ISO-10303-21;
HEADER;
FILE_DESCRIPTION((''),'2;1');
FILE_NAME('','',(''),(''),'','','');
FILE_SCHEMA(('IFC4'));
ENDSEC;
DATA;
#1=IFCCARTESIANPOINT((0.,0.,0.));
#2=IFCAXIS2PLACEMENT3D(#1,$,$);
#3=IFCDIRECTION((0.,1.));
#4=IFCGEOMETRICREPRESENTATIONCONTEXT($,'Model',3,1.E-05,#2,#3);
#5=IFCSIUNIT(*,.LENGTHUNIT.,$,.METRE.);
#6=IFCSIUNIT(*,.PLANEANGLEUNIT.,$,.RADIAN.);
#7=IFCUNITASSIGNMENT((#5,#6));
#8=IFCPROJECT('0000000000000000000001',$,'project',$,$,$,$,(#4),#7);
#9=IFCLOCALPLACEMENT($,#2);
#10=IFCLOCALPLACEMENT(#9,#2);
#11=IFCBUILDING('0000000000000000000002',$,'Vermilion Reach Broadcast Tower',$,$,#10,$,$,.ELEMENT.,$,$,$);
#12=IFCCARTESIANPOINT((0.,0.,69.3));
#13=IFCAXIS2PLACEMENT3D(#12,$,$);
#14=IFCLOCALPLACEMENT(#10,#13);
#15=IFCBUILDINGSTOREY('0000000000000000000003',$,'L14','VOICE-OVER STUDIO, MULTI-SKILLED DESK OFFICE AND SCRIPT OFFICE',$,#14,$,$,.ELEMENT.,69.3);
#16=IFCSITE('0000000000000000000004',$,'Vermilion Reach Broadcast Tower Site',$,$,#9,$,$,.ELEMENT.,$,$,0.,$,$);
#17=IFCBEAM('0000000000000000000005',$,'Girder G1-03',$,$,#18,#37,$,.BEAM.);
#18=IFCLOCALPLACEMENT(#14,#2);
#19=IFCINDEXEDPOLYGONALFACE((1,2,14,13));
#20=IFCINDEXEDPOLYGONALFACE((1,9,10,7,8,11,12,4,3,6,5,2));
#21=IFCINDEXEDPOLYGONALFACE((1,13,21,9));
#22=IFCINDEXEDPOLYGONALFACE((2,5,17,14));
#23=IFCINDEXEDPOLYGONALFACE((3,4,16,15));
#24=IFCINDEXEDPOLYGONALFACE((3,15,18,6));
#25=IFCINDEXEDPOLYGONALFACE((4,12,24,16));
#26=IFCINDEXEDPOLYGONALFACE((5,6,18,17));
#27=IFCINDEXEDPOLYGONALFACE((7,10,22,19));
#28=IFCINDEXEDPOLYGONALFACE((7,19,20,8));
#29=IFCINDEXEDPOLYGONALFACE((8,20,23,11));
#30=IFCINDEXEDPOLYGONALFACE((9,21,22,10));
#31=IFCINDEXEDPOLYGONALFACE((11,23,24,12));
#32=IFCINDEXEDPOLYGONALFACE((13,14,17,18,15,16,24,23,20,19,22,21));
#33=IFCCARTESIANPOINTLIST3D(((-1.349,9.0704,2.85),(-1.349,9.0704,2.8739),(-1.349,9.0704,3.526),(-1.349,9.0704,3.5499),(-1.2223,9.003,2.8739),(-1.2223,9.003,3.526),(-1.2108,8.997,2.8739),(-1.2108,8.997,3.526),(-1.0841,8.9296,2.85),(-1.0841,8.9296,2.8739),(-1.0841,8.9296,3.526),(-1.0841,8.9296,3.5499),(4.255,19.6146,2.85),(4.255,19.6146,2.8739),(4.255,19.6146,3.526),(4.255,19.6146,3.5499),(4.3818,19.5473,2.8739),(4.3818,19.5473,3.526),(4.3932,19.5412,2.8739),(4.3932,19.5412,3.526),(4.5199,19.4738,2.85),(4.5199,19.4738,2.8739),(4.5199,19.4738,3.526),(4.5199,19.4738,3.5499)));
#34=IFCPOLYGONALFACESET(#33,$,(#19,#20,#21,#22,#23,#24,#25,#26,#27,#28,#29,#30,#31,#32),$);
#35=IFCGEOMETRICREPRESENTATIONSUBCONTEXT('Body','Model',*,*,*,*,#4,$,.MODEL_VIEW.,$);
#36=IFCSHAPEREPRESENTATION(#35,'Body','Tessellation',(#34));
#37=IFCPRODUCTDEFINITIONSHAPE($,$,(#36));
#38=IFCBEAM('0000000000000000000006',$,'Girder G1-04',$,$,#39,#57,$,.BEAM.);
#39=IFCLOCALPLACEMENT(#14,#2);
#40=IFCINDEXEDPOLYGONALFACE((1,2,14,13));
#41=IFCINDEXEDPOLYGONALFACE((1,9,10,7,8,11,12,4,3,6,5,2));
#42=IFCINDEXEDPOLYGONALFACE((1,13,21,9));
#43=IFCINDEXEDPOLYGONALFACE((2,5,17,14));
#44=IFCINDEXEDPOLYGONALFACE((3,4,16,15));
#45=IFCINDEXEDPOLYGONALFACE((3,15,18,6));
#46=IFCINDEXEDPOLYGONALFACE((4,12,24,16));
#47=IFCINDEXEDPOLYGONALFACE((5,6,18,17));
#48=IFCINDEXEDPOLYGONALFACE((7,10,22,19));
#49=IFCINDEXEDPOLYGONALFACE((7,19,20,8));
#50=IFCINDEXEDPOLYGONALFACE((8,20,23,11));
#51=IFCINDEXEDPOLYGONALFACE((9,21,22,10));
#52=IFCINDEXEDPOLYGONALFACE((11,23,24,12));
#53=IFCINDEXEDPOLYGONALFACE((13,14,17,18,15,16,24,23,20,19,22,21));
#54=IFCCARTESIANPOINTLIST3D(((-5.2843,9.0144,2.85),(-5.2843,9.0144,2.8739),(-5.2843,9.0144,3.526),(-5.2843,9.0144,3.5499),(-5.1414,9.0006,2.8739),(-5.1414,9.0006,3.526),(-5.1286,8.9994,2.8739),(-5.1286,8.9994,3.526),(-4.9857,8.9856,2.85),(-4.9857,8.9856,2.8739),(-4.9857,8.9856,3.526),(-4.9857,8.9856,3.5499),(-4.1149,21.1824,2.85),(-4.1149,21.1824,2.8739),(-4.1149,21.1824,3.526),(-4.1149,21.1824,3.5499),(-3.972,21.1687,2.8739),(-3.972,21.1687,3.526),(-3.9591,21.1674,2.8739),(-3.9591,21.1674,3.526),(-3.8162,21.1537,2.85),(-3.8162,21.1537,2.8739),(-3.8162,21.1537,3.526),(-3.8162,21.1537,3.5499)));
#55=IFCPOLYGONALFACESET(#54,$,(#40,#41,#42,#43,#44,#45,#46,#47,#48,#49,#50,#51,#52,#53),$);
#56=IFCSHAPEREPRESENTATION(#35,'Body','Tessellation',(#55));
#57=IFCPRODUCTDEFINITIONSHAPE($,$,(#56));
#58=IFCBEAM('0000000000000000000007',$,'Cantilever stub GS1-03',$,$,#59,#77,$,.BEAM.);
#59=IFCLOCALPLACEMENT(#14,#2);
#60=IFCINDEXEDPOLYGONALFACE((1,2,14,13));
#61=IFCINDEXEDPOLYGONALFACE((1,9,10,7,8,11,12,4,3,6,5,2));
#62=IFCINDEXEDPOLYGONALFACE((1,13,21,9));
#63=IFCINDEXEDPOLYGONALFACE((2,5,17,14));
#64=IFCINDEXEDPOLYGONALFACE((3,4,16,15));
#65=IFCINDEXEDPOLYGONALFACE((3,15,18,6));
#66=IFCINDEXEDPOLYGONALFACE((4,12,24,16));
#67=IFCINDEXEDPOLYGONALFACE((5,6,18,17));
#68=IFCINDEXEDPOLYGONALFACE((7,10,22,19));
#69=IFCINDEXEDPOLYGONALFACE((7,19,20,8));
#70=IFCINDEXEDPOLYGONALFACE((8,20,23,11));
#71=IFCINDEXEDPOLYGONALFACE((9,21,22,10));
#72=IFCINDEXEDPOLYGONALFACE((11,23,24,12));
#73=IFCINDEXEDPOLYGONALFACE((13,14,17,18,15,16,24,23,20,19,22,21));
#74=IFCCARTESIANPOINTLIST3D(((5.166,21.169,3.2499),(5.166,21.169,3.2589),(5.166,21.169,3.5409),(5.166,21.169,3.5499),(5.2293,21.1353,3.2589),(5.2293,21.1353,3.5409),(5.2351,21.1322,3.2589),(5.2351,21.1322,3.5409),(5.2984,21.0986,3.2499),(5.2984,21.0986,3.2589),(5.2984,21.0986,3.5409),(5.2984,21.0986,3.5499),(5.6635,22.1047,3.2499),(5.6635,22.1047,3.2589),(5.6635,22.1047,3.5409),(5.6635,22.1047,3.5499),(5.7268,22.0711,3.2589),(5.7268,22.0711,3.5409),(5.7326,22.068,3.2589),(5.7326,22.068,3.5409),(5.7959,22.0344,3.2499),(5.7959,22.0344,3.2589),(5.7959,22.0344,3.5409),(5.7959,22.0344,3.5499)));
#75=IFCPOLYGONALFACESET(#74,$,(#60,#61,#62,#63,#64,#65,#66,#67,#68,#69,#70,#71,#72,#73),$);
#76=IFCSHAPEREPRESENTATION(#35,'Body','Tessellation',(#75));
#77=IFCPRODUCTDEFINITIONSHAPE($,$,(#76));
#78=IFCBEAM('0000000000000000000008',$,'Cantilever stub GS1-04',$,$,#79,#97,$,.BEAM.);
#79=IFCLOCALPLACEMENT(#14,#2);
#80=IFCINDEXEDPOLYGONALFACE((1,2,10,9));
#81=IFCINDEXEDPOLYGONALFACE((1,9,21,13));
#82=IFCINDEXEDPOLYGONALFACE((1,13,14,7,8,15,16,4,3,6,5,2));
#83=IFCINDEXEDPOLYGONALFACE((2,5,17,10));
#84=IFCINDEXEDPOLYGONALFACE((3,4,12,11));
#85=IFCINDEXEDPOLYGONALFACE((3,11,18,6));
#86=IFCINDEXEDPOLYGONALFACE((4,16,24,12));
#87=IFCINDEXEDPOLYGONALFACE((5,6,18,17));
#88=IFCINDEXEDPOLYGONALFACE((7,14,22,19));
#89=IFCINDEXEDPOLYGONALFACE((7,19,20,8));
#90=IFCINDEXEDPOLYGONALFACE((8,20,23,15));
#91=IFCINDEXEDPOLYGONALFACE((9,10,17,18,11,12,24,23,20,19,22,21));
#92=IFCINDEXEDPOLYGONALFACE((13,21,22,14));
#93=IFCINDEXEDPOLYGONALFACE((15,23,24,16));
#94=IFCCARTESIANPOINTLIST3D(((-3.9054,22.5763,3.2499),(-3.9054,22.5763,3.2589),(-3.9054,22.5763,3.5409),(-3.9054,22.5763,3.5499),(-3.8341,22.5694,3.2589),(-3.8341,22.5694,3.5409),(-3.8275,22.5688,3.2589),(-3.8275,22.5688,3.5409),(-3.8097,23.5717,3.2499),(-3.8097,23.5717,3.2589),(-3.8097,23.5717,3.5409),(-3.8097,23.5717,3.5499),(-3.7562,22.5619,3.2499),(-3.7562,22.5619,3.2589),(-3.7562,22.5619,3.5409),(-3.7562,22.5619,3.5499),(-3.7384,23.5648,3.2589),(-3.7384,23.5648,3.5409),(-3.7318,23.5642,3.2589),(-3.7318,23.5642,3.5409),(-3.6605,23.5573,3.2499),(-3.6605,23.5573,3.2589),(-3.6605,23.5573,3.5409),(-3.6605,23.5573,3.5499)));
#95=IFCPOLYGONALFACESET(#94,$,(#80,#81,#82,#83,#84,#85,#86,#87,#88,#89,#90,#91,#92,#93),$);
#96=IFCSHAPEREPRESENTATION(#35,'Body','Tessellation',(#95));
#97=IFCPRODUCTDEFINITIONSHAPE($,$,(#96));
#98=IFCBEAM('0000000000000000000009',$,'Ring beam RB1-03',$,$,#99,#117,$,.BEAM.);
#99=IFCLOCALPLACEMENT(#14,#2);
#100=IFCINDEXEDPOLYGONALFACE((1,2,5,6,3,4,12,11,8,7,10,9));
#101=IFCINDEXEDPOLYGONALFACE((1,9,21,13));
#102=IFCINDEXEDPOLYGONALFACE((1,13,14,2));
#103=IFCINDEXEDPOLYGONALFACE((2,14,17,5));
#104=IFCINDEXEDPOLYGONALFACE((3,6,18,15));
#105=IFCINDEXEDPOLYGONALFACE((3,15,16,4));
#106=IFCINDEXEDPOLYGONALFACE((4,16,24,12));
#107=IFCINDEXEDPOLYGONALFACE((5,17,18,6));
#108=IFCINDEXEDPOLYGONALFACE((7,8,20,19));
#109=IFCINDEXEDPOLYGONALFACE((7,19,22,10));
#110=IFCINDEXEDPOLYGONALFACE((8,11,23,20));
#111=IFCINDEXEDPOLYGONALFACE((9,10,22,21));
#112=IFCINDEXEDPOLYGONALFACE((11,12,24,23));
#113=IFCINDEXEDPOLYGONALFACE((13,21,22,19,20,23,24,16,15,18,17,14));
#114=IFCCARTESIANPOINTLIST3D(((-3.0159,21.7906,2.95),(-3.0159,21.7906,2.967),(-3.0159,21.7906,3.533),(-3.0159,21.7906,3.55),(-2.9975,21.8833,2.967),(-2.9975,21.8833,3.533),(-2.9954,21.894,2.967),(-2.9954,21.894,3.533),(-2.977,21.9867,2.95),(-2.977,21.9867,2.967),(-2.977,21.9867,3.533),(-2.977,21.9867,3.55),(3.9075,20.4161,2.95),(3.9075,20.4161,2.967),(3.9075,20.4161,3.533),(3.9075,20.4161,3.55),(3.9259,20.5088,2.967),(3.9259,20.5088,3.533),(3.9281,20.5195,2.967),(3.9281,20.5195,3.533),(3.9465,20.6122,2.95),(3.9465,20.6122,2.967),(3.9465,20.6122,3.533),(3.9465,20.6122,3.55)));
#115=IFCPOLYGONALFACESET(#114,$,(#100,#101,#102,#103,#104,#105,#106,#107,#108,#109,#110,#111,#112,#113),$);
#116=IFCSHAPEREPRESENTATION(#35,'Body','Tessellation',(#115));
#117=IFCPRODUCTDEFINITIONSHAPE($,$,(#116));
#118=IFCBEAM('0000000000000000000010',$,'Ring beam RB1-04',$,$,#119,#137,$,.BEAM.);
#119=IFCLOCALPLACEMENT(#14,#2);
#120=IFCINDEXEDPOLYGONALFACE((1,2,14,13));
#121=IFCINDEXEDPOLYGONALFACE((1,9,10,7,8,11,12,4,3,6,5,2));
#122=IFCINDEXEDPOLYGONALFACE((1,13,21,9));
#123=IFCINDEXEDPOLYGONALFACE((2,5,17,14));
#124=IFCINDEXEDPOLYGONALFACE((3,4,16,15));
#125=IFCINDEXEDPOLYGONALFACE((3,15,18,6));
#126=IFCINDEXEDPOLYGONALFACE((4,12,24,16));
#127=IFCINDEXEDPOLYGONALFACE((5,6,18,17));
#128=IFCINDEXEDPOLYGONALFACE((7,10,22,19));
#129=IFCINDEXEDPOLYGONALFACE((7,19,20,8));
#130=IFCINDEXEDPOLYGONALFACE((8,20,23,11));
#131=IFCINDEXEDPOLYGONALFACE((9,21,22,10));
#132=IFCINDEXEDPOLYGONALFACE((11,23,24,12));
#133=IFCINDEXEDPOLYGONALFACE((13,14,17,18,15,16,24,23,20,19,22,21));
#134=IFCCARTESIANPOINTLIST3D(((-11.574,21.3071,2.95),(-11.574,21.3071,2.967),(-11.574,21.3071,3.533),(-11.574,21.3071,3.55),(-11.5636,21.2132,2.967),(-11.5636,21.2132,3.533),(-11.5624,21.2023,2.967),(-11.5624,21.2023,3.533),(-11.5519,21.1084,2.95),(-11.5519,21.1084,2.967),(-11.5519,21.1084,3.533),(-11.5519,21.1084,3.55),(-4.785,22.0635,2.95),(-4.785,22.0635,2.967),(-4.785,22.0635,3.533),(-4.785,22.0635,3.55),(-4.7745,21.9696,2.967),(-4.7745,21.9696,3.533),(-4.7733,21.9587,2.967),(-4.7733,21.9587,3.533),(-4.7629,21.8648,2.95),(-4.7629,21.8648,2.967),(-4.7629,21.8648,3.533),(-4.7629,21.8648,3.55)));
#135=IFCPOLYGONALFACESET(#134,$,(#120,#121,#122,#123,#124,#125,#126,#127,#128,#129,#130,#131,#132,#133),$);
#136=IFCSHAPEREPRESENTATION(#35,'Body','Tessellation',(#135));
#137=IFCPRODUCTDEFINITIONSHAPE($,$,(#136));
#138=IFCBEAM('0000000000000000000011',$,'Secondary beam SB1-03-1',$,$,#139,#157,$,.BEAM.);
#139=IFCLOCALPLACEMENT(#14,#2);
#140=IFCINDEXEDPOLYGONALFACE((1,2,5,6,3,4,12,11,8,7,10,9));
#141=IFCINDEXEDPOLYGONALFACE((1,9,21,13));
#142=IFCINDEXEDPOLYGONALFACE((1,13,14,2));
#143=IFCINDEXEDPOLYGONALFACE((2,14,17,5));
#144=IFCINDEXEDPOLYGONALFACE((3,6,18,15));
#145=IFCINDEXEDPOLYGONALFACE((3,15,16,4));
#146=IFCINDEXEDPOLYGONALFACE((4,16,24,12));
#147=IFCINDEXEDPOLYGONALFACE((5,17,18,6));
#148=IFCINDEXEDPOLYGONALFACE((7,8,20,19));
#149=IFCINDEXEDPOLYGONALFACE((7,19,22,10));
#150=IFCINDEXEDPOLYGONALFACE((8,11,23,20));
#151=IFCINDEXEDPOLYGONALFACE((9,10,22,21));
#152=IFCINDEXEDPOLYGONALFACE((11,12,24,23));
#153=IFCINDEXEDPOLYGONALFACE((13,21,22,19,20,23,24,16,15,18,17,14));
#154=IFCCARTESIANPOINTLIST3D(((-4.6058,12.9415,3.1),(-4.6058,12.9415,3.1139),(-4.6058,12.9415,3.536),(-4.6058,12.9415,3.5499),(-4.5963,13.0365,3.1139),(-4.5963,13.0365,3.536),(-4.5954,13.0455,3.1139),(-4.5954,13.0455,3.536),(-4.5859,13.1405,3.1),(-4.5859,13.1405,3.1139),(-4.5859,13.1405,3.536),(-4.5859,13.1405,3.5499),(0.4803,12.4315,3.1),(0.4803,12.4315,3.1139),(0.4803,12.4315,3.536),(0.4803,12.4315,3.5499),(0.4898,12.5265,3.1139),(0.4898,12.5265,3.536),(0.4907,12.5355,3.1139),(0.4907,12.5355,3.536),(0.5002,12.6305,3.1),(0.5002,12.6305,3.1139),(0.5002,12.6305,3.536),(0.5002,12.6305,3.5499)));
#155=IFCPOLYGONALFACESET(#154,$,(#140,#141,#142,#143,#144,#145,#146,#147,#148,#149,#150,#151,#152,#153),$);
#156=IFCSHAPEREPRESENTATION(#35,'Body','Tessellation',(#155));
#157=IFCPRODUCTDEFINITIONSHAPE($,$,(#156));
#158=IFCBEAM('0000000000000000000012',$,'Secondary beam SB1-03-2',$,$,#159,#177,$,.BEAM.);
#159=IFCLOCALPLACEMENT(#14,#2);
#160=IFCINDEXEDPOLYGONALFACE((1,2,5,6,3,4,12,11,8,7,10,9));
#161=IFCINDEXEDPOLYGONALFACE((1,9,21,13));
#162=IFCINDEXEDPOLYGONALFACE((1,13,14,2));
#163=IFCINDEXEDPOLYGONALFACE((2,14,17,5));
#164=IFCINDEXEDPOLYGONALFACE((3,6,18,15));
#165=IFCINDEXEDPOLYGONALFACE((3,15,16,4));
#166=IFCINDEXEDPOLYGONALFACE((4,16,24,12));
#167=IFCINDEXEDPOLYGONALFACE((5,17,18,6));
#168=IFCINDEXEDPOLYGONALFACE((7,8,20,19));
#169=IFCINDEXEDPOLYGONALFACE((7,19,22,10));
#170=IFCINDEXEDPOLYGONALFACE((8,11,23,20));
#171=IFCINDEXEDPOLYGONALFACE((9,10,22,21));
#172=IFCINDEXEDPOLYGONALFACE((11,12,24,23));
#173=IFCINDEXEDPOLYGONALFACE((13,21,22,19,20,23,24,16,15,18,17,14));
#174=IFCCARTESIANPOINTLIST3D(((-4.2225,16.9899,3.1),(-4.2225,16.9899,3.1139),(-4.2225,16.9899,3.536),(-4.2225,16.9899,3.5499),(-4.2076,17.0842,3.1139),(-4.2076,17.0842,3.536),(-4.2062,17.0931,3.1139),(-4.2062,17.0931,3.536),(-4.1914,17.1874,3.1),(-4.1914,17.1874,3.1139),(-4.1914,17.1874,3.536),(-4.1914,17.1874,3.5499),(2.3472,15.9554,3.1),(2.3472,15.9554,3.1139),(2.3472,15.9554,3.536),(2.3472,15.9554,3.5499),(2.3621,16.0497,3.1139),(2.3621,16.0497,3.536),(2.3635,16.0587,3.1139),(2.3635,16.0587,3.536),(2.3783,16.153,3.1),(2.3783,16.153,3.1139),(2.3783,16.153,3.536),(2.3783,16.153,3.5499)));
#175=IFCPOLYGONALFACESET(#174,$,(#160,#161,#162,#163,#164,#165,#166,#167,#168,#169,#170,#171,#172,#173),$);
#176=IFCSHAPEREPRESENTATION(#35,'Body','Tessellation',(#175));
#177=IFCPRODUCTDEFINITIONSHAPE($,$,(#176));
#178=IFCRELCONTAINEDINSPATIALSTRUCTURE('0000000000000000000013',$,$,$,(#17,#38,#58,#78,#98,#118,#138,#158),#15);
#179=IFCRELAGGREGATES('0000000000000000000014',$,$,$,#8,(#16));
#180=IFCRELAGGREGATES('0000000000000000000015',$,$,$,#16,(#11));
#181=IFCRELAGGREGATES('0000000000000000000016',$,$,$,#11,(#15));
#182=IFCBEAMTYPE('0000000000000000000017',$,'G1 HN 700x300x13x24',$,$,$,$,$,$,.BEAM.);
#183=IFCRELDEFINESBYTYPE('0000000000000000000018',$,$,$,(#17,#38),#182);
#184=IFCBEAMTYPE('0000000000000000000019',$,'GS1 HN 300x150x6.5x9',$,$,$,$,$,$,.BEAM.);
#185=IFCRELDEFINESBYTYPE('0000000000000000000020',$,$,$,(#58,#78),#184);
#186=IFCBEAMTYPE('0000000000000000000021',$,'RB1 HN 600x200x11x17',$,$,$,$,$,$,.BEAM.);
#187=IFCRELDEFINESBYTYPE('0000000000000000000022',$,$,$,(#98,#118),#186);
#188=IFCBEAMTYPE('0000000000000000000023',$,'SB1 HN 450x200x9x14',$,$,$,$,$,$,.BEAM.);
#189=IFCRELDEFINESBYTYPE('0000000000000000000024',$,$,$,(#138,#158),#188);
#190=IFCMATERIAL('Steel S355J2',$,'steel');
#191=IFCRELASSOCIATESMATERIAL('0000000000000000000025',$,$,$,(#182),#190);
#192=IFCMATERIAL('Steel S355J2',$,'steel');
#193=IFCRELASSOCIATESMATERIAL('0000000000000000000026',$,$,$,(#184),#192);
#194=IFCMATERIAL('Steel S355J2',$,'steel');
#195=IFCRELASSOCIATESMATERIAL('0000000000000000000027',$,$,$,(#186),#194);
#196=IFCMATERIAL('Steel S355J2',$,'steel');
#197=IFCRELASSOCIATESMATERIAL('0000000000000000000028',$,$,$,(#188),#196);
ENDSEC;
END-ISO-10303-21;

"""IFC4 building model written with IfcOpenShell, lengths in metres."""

from ifc_helpers import new_model, si_unit, direction, frame, origin, origin_2d, place, context, subcontext, project, spatial, i_section, extrude, material, material_profile, profile_set, type_object, element, save


model = new_model("IFC4")

# Units and contexts
model_context = context("Model", 3, precision=1e-05, world=origin(), true_north=direction((0.0, 1.0)))
body_context = subcontext(model_context, "Body", "Model", "MODEL_VIEW")
ifc_project = project(units=[si_unit("LENGTHUNIT", "METRE"), si_unit("PLANEANGLEUNIT", "RADIAN")], contexts=[model_context])

# Site, building, storey
site_placement = place(None, origin())
site = spatial("IfcSite", under=ifc_project, at=site_placement, Name="Vermilion Reach Broadcast Tower Site", CompositionType="ELEMENT", RefElevation=0.0)
building_placement = place(site_placement, origin())
building = spatial("IfcBuilding", under=site, at=building_placement, Name="Vermilion Reach Broadcast Tower", CompositionType="ELEMENT")
storey_placement = place(building_placement, frame((0.0, 0.0, 69.3)))
storey = spatial("IfcBuildingStorey", under=building, at=storey_placement, Name="L14", Description="VOICE-OVER STUDIO, MULTI-SKILLED DESK OFFICE AND SCRIPT OFFICE", CompositionType="ELEMENT", Elevation=69.3)

# Beams
ifc_material_1 = material(Name="Steel S355J2", Category="steel")
ifc_material_profile_1 = material_profile(ifc_material_1, i_section(OverallWidth=0.3, OverallDepth=0.7, WebThickness=0.0129, FlangeThickness=0.0239, at=origin_2d()), Name="S355J2 HN 700x300x13x24")
ifc_profile_set_1 = profile_set([ifc_material_profile_1], Name="Steel S355J2")
beam_type_1 = type_object("IfcBeamType", Name="G1 HN 700x300x13x24", PredefinedType="BEAM", material=ifc_profile_set_1)
beam_1_placement = place(storey_placement, frame((-1.2166, 9.0, 3.2), z_axis=(0.469312, 0.883032, 0.0), x_axis=(-0.883032, 0.469312, 0.0)))
element("IfcBeam", 1, at=beam_1_placement, inside=storey, type_object=beam_type_1, Name="Girder G1-03", PredefinedType="BEAM", context=body_context, shape_type="SweptSolid", body=[
    extrude(i_section(OverallWidth=0.3, OverallDepth=0.7, WebThickness=0.0129, FlangeThickness=0.0239, at=origin_2d()), origin(), (0.0, 0.0, 1.0), 11.9409),
])
beam_2_placement = place(storey_placement, frame((-5.135, 9.0, 3.2), z_axis=(0.095667, 0.995413, 0.0), x_axis=(-0.995413, 0.095667, 0.0)))
element("IfcBeam", 2, at=beam_2_placement, inside=storey, type_object=beam_type_1, Name="Girder G1-04", PredefinedType="BEAM", context=body_context, shape_type="SweptSolid", body=[
    extrude(i_section(OverallWidth=0.3, OverallDepth=0.7, WebThickness=0.0129, FlangeThickness=0.0239, at=origin_2d()), origin(), (0.0, 0.0, 1.0), 12.2241),
])
ifc_material_2 = material(Name="Steel S355J2", Category="steel")
ifc_material_profile_2 = material_profile(ifc_material_2, i_section(OverallWidth=0.1499, OverallDepth=0.3, WebThickness=0.0066, FlangeThickness=0.009, at=origin_2d()), Name="S355J2 HN 300x150x6.5x9")
ifc_profile_set_2 = profile_set([ifc_material_profile_2], Name="Steel S355J2")
beam_type_2 = type_object("IfcBeamType", Name="GS1 HN 300x150x6.5x9", PredefinedType="BEAM", material=ifc_profile_set_2)
beam_3_placement = place(storey_placement, frame((5.2322, 21.1338, 3.3999), z_axis=(0.469464, 0.882952, 0.0), x_axis=(-0.882952, 0.469464, 0.0)))
element("IfcBeam", 3, at=beam_3_placement, inside=storey, type_object=beam_type_2, Name="Cantilever stub GS1-03", PredefinedType="BEAM", context=body_context, shape_type="SweptSolid", body=[
    extrude(i_section(OverallWidth=0.1499, OverallDepth=0.3, WebThickness=0.0066, FlangeThickness=0.009, at=origin_2d()), origin(), (0.0, 0.0, 1.0), 1.0598),
])
beam_4_placement = place(storey_placement, frame((-3.8308, 22.5691, 3.3999), z_axis=(0.095708, 0.995409, 0.0), x_axis=(-0.995409, 0.095708, 0.0)))
element("IfcBeam", 4, at=beam_4_placement, inside=storey, type_object=beam_type_2, Name="Cantilever stub GS1-04", PredefinedType="BEAM", context=body_context, shape_type="SweptSolid", body=[
    extrude(i_section(OverallWidth=0.1499, OverallDepth=0.3, WebThickness=0.0066, FlangeThickness=0.009, at=origin_2d()), origin(), (0.0, 0.0, 1.0), 1.0),
])
ifc_material_3 = material(Name="Steel S355J2", Category="steel")
ifc_material_profile_3 = material_profile(ifc_material_3, i_section(OverallWidth=0.2, OverallDepth=0.6001, WebThickness=0.011, FlangeThickness=0.0171, at=origin_2d()), Name="S355J2 HN 600x200x11x17")
ifc_profile_set_3 = profile_set([ifc_material_profile_3], Name="Steel S355J2")
beam_type_3 = type_object("IfcBeamType", Name="RB1 HN 600x200x11x17", PredefinedType="BEAM", material=ifc_profile_set_3)
beam_5_placement = place(storey_placement, frame((3.927, 20.5142, 3.25), z_axis=(-0.980858, 0.194726, 0.0), x_axis=(-0.194726, -0.980858, 0.0)))
element("IfcBeam", 5, at=beam_5_placement, inside=storey, type_object=beam_type_3, Name="Ring beam RB1-03", PredefinedType="BEAM", context=body_context, shape_type="SweptSolid", body=[
    extrude(i_section(OverallWidth=0.2, OverallDepth=0.6001, WebThickness=0.011, FlangeThickness=0.0171, at=origin_2d()), origin(), (0.0, 0.0, 1.0), 7.0586),
])
beam_6_placement = place(storey_placement, frame((-4.7739, 21.9641, 3.25), z_axis=(-0.993851, -0.110722, 0.0), x_axis=(0.110722, -0.993851, 0.0)))
element("IfcBeam", 6, at=beam_6_placement, inside=storey, type_object=beam_type_3, Name="Ring beam RB1-04", PredefinedType="BEAM", context=body_context, shape_type="SweptSolid", body=[
    extrude(i_section(OverallWidth=0.2, OverallDepth=0.6001, WebThickness=0.011, FlangeThickness=0.0171, at=origin_2d()), origin(), (0.0, 0.0, 1.0), 6.8311),
])
ifc_material_4 = material(Name="Steel S355J2", Category="steel")
ifc_material_profile_4 = material_profile(ifc_material_4, i_section(OverallWidth=0.2, OverallDepth=0.45, WebThickness=0.009, FlangeThickness=0.0139, at=origin_2d()), Name="S355J2 HN 450x200x9x14")
ifc_profile_set_4 = profile_set([ifc_material_profile_4], Name="Steel S355J2")
beam_type_4 = type_object("IfcBeamType", Name="SB1 HN 450x200x9x14", PredefinedType="BEAM", material=ifc_profile_set_4)
beam_7_placement = place(storey_placement, frame((0.4902, 12.531, 3.325), z_axis=(-0.99501, 0.099773, 0.0), x_axis=(-0.099773, -0.99501, 0.0)))
element("IfcBeam", 7, at=beam_7_placement, inside=storey, type_object=beam_type_4, Name="Secondary beam SB1-03-1", PredefinedType="BEAM", context=body_context, shape_type="SweptSolid", body=[
    extrude(i_section(OverallWidth=0.2, OverallDepth=0.45, WebThickness=0.009, FlangeThickness=0.0139, at=origin_2d()), origin(), (0.0, 0.0, 1.0), 5.1116),
])
beam_8_placement = place(storey_placement, frame((2.3628, 16.0542, 3.325), z_axis=(-0.98783, 0.15554, 0.0), x_axis=(-0.15554, -0.98783, 0.0)))
element("IfcBeam", 8, at=beam_8_placement, inside=storey, type_object=beam_type_4, Name="Secondary beam SB1-03-2", PredefinedType="BEAM", context=body_context, shape_type="SweptSolid", body=[
    extrude(i_section(OverallWidth=0.2, OverallDepth=0.45, WebThickness=0.009, FlangeThickness=0.0139, at=origin_2d()), origin(), (0.0, 0.0, 1.0), 6.6506),
])

save(model, "model.ifc")
